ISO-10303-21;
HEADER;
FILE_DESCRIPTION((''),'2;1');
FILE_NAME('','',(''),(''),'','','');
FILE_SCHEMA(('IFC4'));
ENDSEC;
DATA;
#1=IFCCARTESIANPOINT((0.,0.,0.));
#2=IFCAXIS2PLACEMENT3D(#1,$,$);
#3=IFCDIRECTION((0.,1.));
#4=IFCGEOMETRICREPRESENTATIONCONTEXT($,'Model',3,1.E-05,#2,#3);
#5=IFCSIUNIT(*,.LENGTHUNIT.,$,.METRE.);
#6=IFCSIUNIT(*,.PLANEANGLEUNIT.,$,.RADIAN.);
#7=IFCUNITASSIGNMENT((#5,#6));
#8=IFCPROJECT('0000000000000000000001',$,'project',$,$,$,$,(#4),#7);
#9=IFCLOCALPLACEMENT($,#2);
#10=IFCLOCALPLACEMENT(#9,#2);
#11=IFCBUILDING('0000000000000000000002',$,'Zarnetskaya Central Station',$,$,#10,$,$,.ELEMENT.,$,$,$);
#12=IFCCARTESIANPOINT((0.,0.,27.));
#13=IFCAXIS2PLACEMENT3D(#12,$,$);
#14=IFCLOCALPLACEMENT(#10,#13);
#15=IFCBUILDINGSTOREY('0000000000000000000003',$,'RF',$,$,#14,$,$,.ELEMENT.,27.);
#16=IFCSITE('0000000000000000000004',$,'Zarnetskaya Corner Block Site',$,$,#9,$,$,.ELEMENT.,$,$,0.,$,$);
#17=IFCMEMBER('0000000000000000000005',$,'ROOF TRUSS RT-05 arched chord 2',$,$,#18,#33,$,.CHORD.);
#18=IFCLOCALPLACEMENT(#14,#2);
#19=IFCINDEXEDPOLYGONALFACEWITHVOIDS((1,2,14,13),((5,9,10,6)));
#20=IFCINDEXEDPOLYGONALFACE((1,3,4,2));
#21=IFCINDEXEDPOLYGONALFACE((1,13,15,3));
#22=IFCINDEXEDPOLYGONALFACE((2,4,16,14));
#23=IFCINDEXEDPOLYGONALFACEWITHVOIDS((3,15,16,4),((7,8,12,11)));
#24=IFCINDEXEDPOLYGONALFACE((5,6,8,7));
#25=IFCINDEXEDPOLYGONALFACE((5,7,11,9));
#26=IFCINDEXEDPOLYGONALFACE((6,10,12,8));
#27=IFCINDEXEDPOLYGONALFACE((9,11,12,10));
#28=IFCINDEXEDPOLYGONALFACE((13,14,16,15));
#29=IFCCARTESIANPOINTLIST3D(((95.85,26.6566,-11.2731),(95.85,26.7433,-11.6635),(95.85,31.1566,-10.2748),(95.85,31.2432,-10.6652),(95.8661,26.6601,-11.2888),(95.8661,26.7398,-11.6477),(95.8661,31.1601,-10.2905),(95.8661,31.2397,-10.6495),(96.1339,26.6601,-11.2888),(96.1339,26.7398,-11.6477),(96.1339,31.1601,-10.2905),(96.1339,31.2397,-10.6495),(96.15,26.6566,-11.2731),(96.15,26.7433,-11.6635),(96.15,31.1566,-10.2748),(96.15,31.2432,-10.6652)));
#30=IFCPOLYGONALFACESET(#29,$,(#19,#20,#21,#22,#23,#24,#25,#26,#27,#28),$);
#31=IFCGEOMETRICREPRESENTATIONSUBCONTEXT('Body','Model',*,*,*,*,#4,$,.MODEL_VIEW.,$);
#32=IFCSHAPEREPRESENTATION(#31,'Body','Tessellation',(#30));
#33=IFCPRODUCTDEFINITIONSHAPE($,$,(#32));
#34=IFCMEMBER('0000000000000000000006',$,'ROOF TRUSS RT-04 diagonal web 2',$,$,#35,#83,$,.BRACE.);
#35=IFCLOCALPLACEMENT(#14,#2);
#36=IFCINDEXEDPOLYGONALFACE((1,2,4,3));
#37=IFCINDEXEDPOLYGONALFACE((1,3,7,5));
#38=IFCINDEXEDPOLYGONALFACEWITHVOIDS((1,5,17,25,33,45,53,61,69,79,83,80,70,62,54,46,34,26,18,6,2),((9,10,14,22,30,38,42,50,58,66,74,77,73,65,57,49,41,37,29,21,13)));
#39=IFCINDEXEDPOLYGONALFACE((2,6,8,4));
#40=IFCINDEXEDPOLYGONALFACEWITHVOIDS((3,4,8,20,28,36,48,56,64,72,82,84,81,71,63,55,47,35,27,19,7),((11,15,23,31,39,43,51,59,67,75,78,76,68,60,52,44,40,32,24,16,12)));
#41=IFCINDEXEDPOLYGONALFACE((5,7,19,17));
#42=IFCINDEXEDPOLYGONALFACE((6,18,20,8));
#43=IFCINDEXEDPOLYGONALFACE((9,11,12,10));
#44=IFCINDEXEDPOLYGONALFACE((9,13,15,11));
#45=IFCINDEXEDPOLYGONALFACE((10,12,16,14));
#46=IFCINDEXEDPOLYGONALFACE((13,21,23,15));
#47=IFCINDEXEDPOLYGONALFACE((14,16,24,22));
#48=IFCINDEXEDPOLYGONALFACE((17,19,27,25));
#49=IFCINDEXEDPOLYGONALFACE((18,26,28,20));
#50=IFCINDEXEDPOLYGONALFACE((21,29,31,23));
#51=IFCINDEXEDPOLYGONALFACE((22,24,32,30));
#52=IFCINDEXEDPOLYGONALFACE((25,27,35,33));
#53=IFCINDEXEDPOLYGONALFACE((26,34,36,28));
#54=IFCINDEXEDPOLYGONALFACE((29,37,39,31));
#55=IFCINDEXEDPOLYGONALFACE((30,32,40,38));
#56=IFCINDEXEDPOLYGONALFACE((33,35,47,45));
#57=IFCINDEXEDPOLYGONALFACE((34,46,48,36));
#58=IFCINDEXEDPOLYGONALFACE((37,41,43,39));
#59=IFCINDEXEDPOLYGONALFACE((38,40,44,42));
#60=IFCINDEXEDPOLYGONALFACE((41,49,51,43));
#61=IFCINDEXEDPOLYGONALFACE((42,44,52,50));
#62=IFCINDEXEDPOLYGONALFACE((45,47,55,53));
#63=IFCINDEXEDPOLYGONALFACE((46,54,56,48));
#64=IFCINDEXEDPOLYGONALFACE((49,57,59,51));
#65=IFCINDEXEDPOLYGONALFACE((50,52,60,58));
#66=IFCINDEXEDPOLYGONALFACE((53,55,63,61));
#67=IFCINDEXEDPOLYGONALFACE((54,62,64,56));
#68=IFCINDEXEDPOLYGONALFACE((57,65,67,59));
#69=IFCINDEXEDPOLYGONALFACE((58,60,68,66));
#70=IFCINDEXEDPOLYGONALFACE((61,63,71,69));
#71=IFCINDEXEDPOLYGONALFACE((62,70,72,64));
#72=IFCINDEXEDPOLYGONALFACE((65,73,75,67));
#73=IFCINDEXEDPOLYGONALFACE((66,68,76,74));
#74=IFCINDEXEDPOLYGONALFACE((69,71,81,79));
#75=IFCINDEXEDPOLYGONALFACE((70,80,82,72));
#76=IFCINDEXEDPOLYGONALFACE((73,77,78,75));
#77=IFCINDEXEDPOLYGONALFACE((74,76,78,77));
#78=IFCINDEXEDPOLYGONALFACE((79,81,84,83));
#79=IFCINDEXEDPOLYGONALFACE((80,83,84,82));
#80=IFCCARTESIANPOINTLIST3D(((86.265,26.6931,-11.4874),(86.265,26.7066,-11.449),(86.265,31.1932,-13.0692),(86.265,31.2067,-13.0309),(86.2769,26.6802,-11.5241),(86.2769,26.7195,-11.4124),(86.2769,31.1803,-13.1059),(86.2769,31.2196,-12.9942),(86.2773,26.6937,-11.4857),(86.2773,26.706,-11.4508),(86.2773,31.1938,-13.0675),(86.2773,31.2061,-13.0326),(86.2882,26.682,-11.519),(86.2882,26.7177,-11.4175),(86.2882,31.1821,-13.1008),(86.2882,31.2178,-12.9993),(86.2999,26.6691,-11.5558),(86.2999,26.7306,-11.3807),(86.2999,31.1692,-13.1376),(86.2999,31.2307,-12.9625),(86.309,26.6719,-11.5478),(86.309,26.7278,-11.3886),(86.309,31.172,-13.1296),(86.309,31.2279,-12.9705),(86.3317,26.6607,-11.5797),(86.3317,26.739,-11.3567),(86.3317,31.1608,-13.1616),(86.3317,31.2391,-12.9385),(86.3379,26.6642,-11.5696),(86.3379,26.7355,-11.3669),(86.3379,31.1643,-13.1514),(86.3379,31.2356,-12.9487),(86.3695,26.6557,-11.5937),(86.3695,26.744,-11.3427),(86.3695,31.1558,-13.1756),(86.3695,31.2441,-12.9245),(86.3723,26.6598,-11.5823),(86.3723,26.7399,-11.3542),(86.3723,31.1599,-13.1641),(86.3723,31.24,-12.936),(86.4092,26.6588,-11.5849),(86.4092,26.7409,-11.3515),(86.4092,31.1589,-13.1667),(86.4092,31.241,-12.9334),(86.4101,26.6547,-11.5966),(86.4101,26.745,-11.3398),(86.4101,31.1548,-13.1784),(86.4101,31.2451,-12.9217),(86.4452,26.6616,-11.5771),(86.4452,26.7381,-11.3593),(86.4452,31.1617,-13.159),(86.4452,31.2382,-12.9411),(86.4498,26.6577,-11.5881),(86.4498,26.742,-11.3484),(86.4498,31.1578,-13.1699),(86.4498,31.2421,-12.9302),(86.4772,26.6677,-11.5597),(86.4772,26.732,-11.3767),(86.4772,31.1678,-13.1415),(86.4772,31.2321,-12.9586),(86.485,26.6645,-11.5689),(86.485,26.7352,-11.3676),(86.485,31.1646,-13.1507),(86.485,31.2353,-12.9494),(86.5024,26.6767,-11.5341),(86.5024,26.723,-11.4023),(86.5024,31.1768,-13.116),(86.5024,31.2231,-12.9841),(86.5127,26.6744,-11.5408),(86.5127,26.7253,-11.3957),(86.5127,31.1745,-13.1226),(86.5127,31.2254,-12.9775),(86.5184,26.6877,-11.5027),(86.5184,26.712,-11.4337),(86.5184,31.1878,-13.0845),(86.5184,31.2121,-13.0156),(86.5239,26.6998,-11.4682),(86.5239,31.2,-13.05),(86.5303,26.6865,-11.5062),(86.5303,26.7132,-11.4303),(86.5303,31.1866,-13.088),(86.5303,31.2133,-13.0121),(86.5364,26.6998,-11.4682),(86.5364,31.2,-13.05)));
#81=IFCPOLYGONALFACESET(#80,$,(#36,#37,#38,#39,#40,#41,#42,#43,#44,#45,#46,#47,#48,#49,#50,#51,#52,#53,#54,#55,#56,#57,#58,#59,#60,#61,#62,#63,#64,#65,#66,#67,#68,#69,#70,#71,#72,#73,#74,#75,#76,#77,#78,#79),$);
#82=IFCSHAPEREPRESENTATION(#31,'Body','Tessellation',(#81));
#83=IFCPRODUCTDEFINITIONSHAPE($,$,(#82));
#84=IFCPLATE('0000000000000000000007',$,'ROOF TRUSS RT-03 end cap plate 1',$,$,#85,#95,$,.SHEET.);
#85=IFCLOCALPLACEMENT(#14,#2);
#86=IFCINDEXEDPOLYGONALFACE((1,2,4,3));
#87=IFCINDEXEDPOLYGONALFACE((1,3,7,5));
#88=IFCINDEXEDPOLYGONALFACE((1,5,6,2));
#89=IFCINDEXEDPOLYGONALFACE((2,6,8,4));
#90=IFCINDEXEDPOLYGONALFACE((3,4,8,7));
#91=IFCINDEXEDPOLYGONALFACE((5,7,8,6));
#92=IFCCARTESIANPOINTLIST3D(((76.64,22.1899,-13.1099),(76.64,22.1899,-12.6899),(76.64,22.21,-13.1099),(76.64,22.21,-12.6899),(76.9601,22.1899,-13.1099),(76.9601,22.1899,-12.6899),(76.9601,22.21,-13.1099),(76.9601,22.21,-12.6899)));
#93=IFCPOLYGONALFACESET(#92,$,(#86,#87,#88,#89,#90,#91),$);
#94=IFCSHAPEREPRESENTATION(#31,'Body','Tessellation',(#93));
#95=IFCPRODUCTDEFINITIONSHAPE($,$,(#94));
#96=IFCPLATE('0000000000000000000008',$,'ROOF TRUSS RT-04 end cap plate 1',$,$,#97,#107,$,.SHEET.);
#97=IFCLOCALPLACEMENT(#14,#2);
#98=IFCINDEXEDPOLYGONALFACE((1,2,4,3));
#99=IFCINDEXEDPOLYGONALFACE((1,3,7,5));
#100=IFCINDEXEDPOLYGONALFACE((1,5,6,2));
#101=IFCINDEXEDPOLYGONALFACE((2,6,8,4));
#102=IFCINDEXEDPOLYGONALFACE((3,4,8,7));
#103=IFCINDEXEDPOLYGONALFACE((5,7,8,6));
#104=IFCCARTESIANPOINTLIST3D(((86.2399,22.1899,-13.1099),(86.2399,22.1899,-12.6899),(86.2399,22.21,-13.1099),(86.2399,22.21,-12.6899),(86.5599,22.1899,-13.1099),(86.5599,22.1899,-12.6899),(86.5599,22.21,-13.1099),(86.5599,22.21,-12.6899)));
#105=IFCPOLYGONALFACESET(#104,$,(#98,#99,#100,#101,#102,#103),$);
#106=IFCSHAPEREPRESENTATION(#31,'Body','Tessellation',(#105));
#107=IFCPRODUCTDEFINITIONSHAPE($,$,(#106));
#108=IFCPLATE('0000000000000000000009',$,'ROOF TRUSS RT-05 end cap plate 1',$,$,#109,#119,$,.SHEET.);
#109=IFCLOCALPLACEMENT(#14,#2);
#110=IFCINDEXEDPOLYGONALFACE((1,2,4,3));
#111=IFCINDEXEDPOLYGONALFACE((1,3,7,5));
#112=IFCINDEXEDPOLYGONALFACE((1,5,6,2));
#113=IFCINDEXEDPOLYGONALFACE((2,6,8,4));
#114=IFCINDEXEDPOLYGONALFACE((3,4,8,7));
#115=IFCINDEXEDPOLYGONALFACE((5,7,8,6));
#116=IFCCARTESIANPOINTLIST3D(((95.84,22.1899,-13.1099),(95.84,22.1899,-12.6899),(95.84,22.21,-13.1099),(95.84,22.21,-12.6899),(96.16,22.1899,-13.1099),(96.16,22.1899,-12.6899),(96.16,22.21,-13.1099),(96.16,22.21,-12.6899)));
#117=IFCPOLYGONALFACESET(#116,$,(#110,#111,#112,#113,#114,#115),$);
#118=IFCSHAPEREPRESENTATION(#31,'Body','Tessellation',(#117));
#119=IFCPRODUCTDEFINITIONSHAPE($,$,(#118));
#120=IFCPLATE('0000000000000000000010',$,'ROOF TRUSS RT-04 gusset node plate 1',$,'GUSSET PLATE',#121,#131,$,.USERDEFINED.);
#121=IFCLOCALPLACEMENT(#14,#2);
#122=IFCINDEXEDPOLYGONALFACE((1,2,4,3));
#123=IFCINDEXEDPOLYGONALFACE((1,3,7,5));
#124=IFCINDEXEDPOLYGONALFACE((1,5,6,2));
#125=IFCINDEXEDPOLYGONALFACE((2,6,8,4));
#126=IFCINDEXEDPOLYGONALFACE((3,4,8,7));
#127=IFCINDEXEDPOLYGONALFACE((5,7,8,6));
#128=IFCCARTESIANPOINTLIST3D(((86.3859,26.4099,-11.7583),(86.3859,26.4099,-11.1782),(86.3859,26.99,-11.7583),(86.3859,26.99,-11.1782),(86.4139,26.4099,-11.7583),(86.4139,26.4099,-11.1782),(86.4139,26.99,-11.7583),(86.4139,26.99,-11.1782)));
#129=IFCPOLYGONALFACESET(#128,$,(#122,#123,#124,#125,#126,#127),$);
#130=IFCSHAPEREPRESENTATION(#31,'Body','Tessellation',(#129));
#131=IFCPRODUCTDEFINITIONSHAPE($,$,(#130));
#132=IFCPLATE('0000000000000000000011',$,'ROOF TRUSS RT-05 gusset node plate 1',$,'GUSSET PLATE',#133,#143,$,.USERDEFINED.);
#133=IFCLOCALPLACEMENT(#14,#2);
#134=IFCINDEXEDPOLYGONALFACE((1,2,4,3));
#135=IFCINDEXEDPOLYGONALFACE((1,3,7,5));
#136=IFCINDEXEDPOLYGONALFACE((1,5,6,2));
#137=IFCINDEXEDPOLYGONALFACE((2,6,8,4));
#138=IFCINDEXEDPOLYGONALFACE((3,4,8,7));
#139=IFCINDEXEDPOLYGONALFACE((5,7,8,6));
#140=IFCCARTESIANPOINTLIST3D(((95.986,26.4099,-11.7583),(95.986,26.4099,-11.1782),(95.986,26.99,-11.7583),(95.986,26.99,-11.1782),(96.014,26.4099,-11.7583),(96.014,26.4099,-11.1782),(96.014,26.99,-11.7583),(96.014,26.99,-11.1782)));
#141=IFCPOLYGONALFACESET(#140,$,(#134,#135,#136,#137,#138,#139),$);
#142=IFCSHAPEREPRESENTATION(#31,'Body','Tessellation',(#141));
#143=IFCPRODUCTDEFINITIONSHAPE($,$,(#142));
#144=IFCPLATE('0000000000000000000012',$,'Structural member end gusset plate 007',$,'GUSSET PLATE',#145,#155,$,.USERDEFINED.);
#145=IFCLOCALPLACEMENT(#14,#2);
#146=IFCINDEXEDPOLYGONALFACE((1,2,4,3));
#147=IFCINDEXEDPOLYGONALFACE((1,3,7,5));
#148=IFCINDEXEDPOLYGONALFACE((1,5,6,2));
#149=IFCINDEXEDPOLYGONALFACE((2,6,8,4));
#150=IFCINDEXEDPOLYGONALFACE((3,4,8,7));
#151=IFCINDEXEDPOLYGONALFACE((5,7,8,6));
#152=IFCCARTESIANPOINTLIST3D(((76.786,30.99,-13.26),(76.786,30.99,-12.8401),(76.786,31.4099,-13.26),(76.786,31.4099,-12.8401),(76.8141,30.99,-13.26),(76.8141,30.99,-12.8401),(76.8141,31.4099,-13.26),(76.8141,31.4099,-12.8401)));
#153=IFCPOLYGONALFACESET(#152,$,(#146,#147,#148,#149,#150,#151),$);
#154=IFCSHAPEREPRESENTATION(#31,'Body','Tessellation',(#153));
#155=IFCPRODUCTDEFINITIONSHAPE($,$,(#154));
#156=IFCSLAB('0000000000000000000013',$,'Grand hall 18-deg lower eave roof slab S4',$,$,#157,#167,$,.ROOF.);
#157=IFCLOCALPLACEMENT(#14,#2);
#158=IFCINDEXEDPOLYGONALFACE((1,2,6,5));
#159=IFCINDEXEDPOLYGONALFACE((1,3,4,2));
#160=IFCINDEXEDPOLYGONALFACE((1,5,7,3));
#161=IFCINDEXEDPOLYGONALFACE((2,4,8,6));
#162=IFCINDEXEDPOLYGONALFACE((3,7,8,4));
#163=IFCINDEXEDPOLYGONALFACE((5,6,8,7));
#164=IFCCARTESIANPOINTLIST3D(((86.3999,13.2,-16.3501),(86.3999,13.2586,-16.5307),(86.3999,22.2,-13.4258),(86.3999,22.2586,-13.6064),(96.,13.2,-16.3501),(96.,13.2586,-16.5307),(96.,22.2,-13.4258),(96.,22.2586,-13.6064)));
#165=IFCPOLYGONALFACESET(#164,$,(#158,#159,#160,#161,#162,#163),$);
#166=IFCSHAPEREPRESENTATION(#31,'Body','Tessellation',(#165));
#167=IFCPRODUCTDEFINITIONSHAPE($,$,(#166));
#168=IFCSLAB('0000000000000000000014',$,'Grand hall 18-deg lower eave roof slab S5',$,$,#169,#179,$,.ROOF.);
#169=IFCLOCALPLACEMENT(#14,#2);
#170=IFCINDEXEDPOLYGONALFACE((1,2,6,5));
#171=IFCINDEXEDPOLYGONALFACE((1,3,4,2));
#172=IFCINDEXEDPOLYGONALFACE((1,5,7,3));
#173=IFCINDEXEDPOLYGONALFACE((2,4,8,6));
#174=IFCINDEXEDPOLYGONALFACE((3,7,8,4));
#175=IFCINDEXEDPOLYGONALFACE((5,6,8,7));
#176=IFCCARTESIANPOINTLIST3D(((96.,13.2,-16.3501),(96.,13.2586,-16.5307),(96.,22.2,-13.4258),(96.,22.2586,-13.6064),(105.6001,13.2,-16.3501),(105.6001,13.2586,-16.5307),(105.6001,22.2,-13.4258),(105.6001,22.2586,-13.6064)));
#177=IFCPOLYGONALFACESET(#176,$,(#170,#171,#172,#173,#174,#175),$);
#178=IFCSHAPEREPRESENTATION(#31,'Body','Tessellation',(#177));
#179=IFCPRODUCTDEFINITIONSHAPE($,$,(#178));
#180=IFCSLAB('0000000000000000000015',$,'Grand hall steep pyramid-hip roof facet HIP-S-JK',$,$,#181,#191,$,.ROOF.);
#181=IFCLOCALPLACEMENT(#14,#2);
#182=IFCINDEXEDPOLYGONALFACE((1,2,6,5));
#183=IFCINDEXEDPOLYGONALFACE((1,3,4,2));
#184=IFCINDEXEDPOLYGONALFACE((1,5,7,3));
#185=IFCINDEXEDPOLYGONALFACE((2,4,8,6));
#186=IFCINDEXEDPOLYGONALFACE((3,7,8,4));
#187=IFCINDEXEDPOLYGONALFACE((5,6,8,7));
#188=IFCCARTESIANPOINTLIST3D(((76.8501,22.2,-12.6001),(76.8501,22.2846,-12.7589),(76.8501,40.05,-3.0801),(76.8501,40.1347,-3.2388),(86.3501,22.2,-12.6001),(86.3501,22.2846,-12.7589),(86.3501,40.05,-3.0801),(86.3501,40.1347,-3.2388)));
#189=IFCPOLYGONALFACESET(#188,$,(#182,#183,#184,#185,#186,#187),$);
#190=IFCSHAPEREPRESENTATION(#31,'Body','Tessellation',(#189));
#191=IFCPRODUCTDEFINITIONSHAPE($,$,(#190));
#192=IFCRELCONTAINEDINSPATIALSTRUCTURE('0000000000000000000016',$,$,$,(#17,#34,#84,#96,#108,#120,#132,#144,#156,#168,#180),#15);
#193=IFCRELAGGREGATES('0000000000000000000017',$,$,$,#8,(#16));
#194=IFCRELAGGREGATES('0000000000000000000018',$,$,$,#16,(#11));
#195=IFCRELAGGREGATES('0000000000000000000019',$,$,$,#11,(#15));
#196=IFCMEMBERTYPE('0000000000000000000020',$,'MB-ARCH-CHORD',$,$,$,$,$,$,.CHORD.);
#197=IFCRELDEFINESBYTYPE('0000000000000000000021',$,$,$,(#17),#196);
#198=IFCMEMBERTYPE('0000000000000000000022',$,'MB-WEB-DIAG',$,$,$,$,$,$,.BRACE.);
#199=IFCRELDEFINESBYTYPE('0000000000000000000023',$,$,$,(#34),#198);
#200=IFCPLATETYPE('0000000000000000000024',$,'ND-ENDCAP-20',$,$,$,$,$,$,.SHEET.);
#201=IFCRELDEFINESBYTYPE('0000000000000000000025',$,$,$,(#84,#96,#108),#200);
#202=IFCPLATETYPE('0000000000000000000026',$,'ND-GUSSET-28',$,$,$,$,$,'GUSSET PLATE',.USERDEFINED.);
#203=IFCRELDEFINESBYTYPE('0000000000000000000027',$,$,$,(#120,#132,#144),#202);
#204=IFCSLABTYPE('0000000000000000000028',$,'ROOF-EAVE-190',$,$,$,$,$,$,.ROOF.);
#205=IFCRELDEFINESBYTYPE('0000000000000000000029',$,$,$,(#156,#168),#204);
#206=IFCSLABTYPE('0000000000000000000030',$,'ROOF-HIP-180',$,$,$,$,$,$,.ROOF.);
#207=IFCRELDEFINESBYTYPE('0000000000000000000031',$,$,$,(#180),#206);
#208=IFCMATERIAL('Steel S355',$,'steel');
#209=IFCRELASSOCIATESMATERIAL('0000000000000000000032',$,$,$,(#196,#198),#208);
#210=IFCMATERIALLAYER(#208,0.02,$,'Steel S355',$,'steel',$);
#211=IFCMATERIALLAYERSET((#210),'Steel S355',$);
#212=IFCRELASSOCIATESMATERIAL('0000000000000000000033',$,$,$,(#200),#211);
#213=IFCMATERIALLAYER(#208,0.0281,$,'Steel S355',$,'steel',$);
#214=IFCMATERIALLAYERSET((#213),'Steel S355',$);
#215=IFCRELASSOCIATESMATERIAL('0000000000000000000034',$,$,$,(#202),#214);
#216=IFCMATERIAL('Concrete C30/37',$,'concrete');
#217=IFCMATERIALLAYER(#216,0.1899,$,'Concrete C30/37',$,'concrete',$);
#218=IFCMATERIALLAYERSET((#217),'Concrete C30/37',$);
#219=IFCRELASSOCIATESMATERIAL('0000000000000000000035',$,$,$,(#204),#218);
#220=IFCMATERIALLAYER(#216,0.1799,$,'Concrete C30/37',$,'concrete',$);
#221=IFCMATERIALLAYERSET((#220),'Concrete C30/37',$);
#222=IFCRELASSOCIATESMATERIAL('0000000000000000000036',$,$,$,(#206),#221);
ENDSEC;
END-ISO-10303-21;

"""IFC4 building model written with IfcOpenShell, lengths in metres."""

from ifc_helpers import new_model, si_unit, direction, frame, origin, origin_2d, place, context, subcontext, project, spatial, polyline, rectangle, hollow_rectangle, hollow_circle, outline, extrude, material, layer, layer_set, material_profile, profile_set, type_object, element, save


model = new_model("IFC4")

# Units and contexts
model_context = context("Model", 3, precision=1e-05, world=origin(), true_north=direction((0.0, 1.0)))
body_context = subcontext(model_context, "Body", "Model", "MODEL_VIEW")
ifc_project = project(units=[si_unit("LENGTHUNIT", "METRE"), si_unit("PLANEANGLEUNIT", "RADIAN")], contexts=[model_context])

# Site, building, storey
site_placement = place(None, origin())
site = spatial("IfcSite", under=ifc_project, at=site_placement, Name="Zarnetskaya Corner Block Site", CompositionType="ELEMENT", RefElevation=0.0)
building_placement = place(site_placement, origin())
building = spatial("IfcBuilding", under=site, at=building_placement, Name="Zarnetskaya Central Station", CompositionType="ELEMENT")
storey_placement = place(building_placement, frame((0.0, 0.0, 27.0)))
storey = spatial("IfcBuildingStorey", under=building, at=storey_placement, Name="RF", CompositionType="ELEMENT", Elevation=27.0)

# Shared definitions
ifc_material_1 = material(Name="Steel S355", Category="steel")

# Members
ifc_material_profile_1 = material_profile(ifc_material_1, hollow_rectangle(XDim=0.3, YDim=0.3999, WallThickness=0.0161, at=origin_2d()), Name="RHS 400x300x16")
ifc_profile_set_1 = profile_set([ifc_material_profile_1], Name="Steel S355")
member_type_1 = type_object("IfcMemberType", Name="MB-ARCH-CHORD", PredefinedType="CHORD", material=ifc_profile_set_1)
member_1_placement = place(storey_placement, frame((96.0, 26.7, -11.4683), z_axis=(0.0, 0.976266, 0.216577), x_axis=(-1.0, 0.0, 0.0)))
element("IfcMember", 1, at=member_1_placement, inside=storey, type_object=member_type_1, Name="ROOF TRUSS RT-05 arched chord 2", PredefinedType="CHORD", context=body_context, shape_type="SweptSolid", body=[
    extrude(hollow_rectangle(XDim=0.3, YDim=0.3999, WallThickness=0.0161, at=origin_2d()), origin(), (0.0, 0.0, 1.0), 4.6094),
])
ifc_material_profile_2 = material_profile(ifc_material_1, hollow_circle(Radius=0.1365, WallThickness=0.0125, at=origin_2d()), Name="CHS 273x12.5")
ifc_profile_set_2 = profile_set([ifc_material_profile_2], Name="Steel S355")
member_type_2 = type_object("IfcMemberType", Name="MB-WEB-DIAG", PredefinedType="BRACE", material=ifc_profile_set_2)
member_2_placement = place(storey_placement, frame((86.3999, 31.2, -13.05), z_axis=(0.0, -0.943414, 0.331618), x_axis=(1.0, 0.0, 0.0)))
element("IfcMember", 2, at=member_2_placement, inside=storey, type_object=member_type_2, Name="ROOF TRUSS RT-04 diagonal web 2", PredefinedType="BRACE", context=body_context, shape_type="SweptSolid", body=[
    extrude(hollow_circle(Radius=0.1365, WallThickness=0.0125, at=origin_2d()), origin(), (0.0, 0.0, 1.0), 4.77),
])

# Plates
ifc_layer_1 = layer(ifc_material_1, 0.02, Name="Steel S355", Category="steel")
ifc_layer_set_1 = layer_set([ifc_layer_1], Name="Steel S355")
plate_type_1 = type_object("IfcPlateType", Name="ND-ENDCAP-20", PredefinedType="SHEET", material=ifc_layer_set_1)
for number, where, z_axis, x_axis, name in (
    (3, (76.8, 22.2, -13.1099), (0.0, 0.0, 1.0), (1.0, 0.0, 0.0), "ROOF TRUSS RT-03 end cap plate 1"),
    (4, (86.3999, 22.2, -13.1099), (0.0, 0.0, 1.0), (1.0, 0.0, 0.0), "ROOF TRUSS RT-04 end cap plate 1"),
    (5, (96.0, 22.2, -13.1099), (0.0, 0.0, 1.0), (1.0, 0.0, 0.0), "ROOF TRUSS RT-05 end cap plate 1"),
):
    element("IfcPlate", number, at=place(storey_placement, frame(where, z_axis=z_axis, x_axis=x_axis)), inside=storey, type_object=plate_type_1, Name=name, PredefinedType="SHEET", context=body_context, shape_type="SweptSolid", body=[
        extrude(rectangle(XDim=0.3201, YDim=0.02, at=origin_2d()), origin(), (0.0, 0.0, 1.0), 0.4199),
    ])
ifc_layer_2 = layer(ifc_material_1, 0.0281, Name="Steel S355", Category="steel")
ifc_layer_set_2 = layer_set([ifc_layer_2], Name="Steel S355")
plate_type_2 = type_object("IfcPlateType", Name="ND-GUSSET-28", ElementType="GUSSET PLATE", PredefinedType="USERDEFINED", material=ifc_layer_set_2)
for number, where, z_axis, x_axis, name in (
    (6, (86.3999, 26.7, -11.7583), (0.0, 0.0, 1.0), (1.0, 0.0, 0.0), "ROOF TRUSS RT-04 gusset node plate 1"),
    (7, (96.0, 26.7, -11.7583), (0.0, 0.0, 1.0), (1.0, 0.0, 0.0), "ROOF TRUSS RT-05 gusset node plate 1"),
):
    element("IfcPlate", number, at=place(storey_placement, frame(where, z_axis=z_axis, x_axis=x_axis)), inside=storey, type_object=plate_type_2, Name=name, ObjectType="GUSSET PLATE", PredefinedType="USERDEFINED", context=body_context, shape_type="SweptSolid", body=[
        extrude(rectangle(XDim=0.0281, YDim=0.5801, at=origin_2d()), origin(), (0.0, 0.0, 1.0), 0.5801),
    ])
plate_placement = place(storey_placement, frame((76.8, 31.2, -13.26), z_axis=(0.0, 0.0, 1.0), x_axis=(1.0, 0.0, 0.0)))
element("IfcPlate", 8, at=plate_placement, inside=storey, type_object=plate_type_2, Name="Structural member end gusset plate 007", ObjectType="GUSSET PLATE", PredefinedType="USERDEFINED", context=body_context, shape_type="SweptSolid", body=[
    extrude(rectangle(XDim=0.0281, YDim=0.4199, at=origin_2d()), origin(), (0.0, 0.0, 1.0), 0.4199),
])

# Slabs
ifc_material_2 = material(Name="Concrete C30/37", Category="concrete")
ifc_layer_3 = layer(ifc_material_2, 0.1899, Name="Concrete C30/37", Category="concrete")
ifc_layer_set_3 = layer_set([ifc_layer_3], Name="Concrete C30/37")
slab_type_1 = type_object("IfcSlabType", Name="ROOF-EAVE-190", PredefinedType="ROOF", material=ifc_layer_set_3)
for number, where, z_axis, x_axis, name in (
    (9, (86.3999, 13.2, -16.3501), (0.0, -0.309021, 0.951055), (1.0, 0.0, 0.0), "Grand hall 18-deg lower eave roof slab S4"),
    (10, (96.0, 13.2, -16.3501), (0.0, -0.309021, 0.951055), (1.0, 0.0, 0.0), "Grand hall 18-deg lower eave roof slab S5"),
):
    element("IfcSlab", number, at=place(storey_placement, frame(where, z_axis=z_axis, x_axis=x_axis)), inside=storey, type_object=slab_type_1, Name=name, PredefinedType="ROOF", context=body_context, shape_type="SweptSolid", body=[
        extrude(outline(polyline([(0.0, 0.0), (9.6001, 0.0), (9.6001, 9.4632), (0.0, 9.4632), (0.0, 0.0)])), origin(), (0.0, 0.0, -1.0), 0.1899),
    ])
ifc_layer_4 = layer(ifc_material_2, 0.1799, Name="Concrete C30/37", Category="concrete")
ifc_layer_set_4 = layer_set([ifc_layer_4], Name="Concrete C30/37")
slab_type_2 = type_object("IfcSlabType", Name="ROOF-HIP-180", PredefinedType="ROOF", material=ifc_layer_set_4)
for number, where, z_axis, x_axis, name in (
    (11, (76.8501, 22.2, -12.6001), (0.0, -0.470587, 0.882354), (1.0, 0.0, 0.0), "Grand hall steep pyramid-hip roof facet HIP-S-JK"),
):
    element("IfcSlab", number, at=place(storey_placement, frame(where, z_axis=z_axis, x_axis=x_axis)), inside=storey, type_object=slab_type_2, Name=name, PredefinedType="ROOF", context=body_context, shape_type="SweptSolid", body=[
        extrude(outline(polyline([(0.0, 0.0), (9.5, 0.0), (9.5, 20.2301), (0.0, 20.2301), (0.0, 0.0)])), origin(), (0.0, 0.0, -1.0), 0.1799),
    ])

save(model, "model.ifc")
